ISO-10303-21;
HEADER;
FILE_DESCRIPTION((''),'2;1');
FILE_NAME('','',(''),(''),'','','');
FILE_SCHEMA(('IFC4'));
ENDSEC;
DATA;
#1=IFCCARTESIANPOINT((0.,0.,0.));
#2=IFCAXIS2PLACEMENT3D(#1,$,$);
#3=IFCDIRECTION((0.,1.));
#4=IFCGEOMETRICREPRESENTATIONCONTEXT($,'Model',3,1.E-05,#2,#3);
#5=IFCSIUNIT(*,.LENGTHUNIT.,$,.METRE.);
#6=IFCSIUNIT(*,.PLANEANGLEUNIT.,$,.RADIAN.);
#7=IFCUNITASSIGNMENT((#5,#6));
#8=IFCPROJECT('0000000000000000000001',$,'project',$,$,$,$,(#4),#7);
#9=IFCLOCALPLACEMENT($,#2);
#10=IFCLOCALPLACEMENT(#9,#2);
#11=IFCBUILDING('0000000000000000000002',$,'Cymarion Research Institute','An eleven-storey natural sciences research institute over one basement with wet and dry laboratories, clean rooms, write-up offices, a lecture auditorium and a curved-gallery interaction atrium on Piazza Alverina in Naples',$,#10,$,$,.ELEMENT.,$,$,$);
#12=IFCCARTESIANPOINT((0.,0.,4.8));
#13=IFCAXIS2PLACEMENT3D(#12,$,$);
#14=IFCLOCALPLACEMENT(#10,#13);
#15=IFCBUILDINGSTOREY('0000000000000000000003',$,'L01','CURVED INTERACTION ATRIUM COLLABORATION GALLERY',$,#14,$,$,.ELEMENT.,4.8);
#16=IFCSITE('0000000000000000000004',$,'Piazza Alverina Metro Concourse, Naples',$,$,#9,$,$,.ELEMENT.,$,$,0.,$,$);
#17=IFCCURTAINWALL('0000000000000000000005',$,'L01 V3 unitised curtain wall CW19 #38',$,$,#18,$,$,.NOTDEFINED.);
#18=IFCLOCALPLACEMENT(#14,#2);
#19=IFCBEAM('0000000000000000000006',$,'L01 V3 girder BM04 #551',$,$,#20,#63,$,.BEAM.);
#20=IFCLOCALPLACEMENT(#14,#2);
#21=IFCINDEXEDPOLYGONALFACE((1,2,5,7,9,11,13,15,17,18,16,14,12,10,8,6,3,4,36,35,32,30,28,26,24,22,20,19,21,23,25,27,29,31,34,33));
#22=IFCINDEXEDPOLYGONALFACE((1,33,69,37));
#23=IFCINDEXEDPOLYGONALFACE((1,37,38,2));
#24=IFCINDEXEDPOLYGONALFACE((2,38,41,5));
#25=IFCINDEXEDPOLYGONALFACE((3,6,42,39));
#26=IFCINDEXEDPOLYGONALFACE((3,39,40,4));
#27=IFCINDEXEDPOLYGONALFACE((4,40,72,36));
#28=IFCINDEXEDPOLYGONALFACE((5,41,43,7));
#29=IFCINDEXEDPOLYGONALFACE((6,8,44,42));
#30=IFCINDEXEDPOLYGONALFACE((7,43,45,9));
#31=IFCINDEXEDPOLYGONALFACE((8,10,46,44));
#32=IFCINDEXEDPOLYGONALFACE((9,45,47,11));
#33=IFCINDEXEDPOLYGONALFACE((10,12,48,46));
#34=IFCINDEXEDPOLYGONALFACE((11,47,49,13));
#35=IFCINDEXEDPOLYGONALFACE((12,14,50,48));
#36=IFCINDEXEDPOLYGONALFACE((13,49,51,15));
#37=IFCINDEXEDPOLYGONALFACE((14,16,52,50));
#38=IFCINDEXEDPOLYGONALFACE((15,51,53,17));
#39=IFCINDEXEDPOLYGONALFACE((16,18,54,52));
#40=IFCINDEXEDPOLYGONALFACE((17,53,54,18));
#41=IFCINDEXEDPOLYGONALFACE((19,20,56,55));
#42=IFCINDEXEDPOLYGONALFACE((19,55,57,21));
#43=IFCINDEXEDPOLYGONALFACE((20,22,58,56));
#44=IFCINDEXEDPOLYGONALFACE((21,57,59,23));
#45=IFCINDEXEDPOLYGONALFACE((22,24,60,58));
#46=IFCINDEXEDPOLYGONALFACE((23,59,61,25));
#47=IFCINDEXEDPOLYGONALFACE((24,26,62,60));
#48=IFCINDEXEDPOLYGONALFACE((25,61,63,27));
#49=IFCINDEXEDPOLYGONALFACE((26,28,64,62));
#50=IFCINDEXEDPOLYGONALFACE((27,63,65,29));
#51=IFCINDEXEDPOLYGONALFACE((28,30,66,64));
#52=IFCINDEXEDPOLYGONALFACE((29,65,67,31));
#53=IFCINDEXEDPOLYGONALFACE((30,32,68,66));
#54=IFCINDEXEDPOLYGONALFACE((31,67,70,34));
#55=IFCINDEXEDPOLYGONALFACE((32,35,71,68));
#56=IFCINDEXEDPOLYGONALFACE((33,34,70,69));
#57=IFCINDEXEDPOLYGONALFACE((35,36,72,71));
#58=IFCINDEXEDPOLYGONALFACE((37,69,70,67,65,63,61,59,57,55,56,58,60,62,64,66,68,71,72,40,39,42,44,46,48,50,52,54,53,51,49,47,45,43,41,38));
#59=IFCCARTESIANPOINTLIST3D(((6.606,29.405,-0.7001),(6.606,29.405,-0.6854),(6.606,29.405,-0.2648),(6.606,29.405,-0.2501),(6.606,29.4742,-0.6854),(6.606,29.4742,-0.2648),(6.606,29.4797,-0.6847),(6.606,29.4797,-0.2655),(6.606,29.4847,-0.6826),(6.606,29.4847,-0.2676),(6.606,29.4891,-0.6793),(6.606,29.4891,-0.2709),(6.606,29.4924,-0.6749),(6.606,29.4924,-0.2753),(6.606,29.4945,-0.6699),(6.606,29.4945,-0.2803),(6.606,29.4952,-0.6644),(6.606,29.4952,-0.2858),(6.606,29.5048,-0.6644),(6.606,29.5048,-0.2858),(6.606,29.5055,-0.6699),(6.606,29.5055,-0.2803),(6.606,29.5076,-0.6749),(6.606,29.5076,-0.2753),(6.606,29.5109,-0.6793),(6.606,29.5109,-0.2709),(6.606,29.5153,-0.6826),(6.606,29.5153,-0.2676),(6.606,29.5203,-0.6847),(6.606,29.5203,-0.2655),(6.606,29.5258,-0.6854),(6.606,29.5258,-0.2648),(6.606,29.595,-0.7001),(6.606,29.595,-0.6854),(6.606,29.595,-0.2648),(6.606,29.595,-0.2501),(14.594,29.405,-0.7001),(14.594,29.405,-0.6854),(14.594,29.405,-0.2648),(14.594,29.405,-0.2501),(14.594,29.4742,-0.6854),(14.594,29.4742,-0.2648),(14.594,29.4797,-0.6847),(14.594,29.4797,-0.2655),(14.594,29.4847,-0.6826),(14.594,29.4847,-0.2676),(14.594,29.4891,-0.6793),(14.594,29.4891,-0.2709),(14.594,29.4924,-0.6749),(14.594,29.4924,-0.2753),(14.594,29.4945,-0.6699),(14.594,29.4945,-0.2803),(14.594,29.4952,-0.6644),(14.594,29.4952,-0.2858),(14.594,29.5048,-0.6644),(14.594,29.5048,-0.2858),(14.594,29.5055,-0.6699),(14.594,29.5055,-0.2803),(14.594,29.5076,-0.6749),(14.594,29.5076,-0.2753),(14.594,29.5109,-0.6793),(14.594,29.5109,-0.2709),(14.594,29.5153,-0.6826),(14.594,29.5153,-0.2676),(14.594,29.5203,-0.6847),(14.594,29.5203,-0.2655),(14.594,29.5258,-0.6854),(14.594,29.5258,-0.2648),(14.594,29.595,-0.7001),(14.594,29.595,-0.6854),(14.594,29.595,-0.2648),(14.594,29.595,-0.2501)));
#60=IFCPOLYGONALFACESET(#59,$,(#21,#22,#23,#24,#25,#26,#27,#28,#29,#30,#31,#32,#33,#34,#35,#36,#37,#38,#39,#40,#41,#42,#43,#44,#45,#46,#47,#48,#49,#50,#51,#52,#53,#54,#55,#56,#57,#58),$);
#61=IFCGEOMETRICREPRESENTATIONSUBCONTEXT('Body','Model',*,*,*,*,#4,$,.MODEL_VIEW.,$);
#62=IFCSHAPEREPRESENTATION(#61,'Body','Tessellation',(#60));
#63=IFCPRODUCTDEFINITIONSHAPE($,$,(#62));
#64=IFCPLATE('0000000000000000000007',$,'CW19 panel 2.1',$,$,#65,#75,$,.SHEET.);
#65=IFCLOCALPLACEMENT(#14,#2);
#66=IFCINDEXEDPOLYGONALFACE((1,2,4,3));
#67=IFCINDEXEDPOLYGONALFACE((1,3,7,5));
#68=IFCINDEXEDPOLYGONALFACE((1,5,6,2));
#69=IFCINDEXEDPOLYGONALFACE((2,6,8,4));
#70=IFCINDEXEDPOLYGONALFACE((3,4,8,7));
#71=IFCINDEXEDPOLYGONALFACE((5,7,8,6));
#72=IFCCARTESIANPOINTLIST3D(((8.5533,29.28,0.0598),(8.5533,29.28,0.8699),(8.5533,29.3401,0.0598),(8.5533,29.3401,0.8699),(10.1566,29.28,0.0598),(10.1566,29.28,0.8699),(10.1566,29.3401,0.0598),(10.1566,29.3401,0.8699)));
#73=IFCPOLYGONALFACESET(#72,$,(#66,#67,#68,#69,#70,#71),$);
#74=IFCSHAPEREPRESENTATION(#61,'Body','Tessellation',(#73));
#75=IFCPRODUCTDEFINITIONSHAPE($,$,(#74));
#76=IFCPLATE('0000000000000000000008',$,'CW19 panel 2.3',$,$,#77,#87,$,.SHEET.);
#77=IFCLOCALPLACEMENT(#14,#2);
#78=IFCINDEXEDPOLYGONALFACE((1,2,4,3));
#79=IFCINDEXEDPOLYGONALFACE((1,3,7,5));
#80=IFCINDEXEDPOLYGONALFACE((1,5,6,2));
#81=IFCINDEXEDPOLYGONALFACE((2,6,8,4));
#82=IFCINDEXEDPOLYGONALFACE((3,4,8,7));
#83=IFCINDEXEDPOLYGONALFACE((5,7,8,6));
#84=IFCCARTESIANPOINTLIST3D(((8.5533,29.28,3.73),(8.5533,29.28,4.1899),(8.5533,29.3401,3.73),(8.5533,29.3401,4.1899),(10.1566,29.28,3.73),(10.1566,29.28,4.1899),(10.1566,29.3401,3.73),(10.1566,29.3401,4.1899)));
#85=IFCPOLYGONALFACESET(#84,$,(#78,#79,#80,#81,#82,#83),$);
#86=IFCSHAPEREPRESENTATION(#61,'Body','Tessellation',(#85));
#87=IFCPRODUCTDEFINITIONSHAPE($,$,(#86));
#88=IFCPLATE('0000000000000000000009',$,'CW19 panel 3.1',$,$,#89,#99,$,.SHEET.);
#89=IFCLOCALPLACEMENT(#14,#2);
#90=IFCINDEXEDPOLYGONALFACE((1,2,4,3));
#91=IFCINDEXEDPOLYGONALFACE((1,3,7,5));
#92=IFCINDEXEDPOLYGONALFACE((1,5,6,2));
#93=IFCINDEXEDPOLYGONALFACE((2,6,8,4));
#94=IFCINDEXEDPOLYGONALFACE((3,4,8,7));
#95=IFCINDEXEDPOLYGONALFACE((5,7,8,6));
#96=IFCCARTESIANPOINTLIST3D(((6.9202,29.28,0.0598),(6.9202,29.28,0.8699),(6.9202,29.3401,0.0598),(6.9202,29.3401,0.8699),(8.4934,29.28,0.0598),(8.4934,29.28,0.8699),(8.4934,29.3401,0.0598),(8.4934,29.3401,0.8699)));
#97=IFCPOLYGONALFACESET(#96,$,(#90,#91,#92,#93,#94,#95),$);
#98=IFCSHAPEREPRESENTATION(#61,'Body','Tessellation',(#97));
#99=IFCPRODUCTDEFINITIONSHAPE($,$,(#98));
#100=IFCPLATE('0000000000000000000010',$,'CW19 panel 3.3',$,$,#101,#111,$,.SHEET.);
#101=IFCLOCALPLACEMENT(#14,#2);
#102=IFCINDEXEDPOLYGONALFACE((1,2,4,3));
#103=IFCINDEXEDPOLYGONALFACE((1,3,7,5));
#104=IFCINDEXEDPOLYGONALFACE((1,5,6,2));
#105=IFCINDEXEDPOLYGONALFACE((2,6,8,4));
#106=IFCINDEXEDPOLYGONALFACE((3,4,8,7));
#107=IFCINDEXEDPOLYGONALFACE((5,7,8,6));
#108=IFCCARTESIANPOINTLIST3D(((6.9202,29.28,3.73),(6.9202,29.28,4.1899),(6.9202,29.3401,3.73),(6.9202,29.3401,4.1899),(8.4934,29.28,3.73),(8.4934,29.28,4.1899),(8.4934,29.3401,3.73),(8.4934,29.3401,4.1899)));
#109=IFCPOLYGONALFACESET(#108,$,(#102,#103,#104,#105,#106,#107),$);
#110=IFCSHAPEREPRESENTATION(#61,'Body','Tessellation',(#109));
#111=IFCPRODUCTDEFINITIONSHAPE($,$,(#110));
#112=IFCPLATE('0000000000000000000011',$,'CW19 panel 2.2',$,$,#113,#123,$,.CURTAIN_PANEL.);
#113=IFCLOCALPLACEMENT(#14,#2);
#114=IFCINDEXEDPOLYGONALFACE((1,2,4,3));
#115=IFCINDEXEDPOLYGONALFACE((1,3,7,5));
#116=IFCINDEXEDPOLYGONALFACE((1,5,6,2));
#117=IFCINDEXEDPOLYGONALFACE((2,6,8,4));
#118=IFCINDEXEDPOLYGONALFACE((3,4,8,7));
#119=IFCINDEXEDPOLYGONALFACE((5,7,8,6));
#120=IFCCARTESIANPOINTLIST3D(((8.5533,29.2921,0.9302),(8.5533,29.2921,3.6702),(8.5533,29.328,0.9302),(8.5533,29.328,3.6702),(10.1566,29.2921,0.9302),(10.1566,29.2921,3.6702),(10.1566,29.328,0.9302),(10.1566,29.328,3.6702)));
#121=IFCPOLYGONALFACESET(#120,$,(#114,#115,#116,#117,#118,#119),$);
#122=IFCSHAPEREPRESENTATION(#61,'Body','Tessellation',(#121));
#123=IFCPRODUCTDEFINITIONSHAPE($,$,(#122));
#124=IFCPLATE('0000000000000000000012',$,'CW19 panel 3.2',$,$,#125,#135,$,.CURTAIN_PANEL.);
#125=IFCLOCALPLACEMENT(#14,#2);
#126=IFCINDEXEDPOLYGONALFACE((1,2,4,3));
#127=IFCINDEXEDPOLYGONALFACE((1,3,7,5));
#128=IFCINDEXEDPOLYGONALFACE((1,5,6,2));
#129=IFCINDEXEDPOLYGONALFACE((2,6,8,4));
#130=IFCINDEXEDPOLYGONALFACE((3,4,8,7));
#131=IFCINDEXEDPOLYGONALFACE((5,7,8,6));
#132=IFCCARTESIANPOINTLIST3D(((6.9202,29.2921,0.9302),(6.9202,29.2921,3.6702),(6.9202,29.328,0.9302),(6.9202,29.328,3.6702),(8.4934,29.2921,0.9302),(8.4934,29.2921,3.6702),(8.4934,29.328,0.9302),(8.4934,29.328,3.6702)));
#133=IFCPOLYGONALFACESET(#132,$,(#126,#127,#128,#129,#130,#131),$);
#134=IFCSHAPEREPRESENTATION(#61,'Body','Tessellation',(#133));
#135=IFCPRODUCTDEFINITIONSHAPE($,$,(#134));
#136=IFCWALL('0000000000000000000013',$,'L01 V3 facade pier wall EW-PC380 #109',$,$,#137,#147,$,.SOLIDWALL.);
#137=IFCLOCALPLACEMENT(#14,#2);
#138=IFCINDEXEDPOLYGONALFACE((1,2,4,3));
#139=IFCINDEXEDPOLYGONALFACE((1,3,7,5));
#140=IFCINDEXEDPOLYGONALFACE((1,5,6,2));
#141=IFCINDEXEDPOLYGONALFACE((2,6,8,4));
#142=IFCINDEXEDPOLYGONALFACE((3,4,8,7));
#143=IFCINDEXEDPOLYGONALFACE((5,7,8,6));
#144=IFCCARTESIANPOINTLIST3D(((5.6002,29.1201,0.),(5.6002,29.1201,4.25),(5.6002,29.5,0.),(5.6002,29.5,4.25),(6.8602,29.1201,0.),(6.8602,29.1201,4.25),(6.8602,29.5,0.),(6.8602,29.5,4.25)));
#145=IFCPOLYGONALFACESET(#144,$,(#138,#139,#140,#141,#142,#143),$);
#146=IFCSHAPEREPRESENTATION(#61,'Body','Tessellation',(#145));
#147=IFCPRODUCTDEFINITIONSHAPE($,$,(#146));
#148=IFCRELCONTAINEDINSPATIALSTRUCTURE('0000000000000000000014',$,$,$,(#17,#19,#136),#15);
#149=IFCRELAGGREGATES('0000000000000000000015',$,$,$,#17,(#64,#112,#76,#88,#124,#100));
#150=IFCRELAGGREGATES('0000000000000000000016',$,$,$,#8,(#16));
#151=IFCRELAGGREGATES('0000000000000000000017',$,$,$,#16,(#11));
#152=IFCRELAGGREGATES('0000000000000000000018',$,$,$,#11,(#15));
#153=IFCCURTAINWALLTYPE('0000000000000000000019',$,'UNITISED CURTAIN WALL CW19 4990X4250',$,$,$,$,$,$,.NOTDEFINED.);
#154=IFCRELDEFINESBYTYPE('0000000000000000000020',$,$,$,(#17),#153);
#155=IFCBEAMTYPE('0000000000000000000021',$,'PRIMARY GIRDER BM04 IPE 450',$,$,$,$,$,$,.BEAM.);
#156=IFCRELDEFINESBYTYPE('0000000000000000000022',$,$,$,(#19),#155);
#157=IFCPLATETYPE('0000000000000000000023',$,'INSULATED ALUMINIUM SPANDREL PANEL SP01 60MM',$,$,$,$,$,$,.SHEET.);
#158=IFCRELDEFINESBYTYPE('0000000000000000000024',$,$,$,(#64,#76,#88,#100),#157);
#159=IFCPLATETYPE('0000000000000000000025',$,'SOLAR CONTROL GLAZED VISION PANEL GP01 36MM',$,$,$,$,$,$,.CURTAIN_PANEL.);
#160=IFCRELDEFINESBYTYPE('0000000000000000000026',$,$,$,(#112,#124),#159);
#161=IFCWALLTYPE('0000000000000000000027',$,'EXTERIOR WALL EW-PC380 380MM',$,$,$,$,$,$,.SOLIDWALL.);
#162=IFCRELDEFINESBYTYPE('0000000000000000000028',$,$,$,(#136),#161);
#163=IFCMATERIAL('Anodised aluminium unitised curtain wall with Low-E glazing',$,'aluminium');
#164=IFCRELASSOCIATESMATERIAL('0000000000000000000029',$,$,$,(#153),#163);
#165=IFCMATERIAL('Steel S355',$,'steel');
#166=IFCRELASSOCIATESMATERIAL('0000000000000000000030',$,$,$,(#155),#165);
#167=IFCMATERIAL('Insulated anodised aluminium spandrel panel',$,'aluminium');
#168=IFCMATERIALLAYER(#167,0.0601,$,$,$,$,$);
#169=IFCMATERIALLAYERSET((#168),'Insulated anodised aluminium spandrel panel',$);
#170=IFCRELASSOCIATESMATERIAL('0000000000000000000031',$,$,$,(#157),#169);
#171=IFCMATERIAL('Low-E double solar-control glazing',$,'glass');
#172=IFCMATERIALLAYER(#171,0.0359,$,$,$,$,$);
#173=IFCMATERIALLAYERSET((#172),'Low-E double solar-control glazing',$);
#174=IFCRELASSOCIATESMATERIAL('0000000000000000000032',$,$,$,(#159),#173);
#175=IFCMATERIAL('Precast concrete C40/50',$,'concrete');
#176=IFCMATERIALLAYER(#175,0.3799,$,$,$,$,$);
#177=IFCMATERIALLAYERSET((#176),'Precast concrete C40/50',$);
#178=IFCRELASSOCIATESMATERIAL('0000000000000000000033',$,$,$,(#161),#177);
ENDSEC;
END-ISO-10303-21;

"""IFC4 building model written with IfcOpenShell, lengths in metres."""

from ifc_helpers import new_model, si_unit, direction, frame, frame_2d, origin, origin_2d, place, context, subcontext, project, spatial, rectangle, i_section, extrude, material, layer, layer_set, material_profile, profile_set, type_object, element, aggregate, save


model = new_model("IFC4")

# Units and contexts
model_context = context("Model", 3, precision=1e-05, world=origin(), true_north=direction((0.0, 1.0)))
body_context = subcontext(model_context, "Body", "Model", "MODEL_VIEW")
ifc_project = project(units=[si_unit("LENGTHUNIT", "METRE"), si_unit("PLANEANGLEUNIT", "RADIAN")], contexts=[model_context])

# Site, building, storey
site_placement = place(None, origin())
site = spatial("IfcSite", under=ifc_project, at=site_placement, Name="Piazza Alverina Metro Concourse, Naples", CompositionType="ELEMENT", RefElevation=0.0)
building_placement = place(site_placement, origin())
building = spatial("IfcBuilding", under=site, at=building_placement, Name="Cymarion Research Institute", Description="An eleven-storey natural sciences research institute over one basement with wet and dry laboratories, clean rooms, write-up offices, a lecture auditorium and a curved-gallery interaction atrium on Piazza Alverina in Naples", CompositionType="ELEMENT")
storey_placement = place(building_placement, frame((0.0, 0.0, 4.8)))
storey = spatial("IfcBuildingStorey", under=building, at=storey_placement, Name="L01", Description="CURVED INTERACTION ATRIUM COLLABORATION GALLERY", CompositionType="ELEMENT", Elevation=4.8)

# Shared definitions
ifc_material_1 = material(Name="Steel S355", Category="steel")

# Curtain wall
ifc_material_2 = material(Name="Anodised aluminium unitised curtain wall with Low-E glazing", Category="aluminium")
curtain_wall_type = type_object("IfcCurtainWallType", Name="UNITISED CURTAIN WALL CW19 4990X4250", PredefinedType="NOTDEFINED", material=ifc_material_2)
curtain_wall_placement = place(storey_placement, origin())
curtain_wall = element("IfcCurtainWall", 1, at=curtain_wall_placement, inside=storey, type_object=curtain_wall_type, Name="L01 V3 unitised curtain wall CW19 #38", PredefinedType="NOTDEFINED")

# Beam
ifc_material_profile_1 = material_profile(ifc_material_1, i_section(OverallWidth=0.1899, OverallDepth=0.45, WebThickness=0.0095, FlangeThickness=0.0146, FilletRadius=0.021, at=origin_2d()), Name="IPE 450")
ifc_profile_set_1 = profile_set([ifc_material_profile_1], Name="Steel S355")
beam_type = type_object("IfcBeamType", Name="PRIMARY GIRDER BM04 IPE 450", PredefinedType="BEAM", material=ifc_profile_set_1)
beam_placement = place(storey_placement, frame((6.606, 29.5, -0.4751), z_axis=(1.0, 0.0, 0.0), x_axis=(0.0, 1.0, 0.0)))
element("IfcBeam", 2, at=beam_placement, inside=storey, type_object=beam_type, Name="L01 V3 girder BM04 #551", PredefinedType="BEAM", context=body_context, shape_type="SweptSolid", body=[
    extrude(i_section(OverallWidth=0.1899, OverallDepth=0.45, WebThickness=0.0095, FlangeThickness=0.0146, FilletRadius=0.021, at=origin_2d()), origin(), (0.0, 0.0, 1.0), 7.988),
])

# Plates
ifc_material_3 = material(Name="Insulated anodised aluminium spandrel panel", Category="aluminium")
ifc_layer_1 = layer(ifc_material_3, 0.0601)
ifc_layer_set_1 = layer_set([ifc_layer_1], Name="Insulated anodised aluminium spandrel panel")
plate_type_1 = type_object("IfcPlateType", Name="INSULATED ALUMINIUM SPANDREL PANEL SP01 60MM", PredefinedType="SHEET", material=ifc_layer_set_1)
plate_1_placement = place(storey_placement, frame((9.355, 29.3101, 0.0598), z_axis=(0.0, 0.0, 1.0), x_axis=(-1.0, 0.0, 0.0)))
plate_1 = element("IfcPlate", 3, at=plate_1_placement, type_object=plate_type_1, Name="CW19 panel 2.1", PredefinedType="SHEET", context=body_context, shape_type="SweptSolid", body=[
    extrude(rectangle(XDim=1.6033, YDim=0.0601, at=origin_2d()), origin(), (0.0, 0.0, 1.0), 0.8101),
])
plate_2_placement = place(storey_placement, frame((9.355, 29.3101, 3.73), z_axis=(0.0, 0.0, 1.0), x_axis=(-1.0, 0.0, 0.0)))
plate_2 = element("IfcPlate", 4, at=plate_2_placement, type_object=plate_type_1, Name="CW19 panel 2.3", PredefinedType="SHEET", context=body_context, shape_type="SweptSolid", body=[
    extrude(rectangle(XDim=1.6033, YDim=0.0601, at=origin_2d()), origin(), (0.0, 0.0, 1.0), 0.46),
])
plate_3_placement = place(storey_placement, frame((7.7068, 29.3101, 0.0598), z_axis=(0.0, 0.0, 1.0), x_axis=(-1.0, 0.0, 0.0)))
plate_3 = element("IfcPlate", 5, at=plate_3_placement, type_object=plate_type_1, Name="CW19 panel 3.1", PredefinedType="SHEET", context=body_context, shape_type="SweptSolid", body=[
    extrude(rectangle(XDim=1.5732, YDim=0.0601, at=origin_2d()), origin(), (0.0, 0.0, 1.0), 0.8101),
])
plate_4_placement = place(storey_placement, frame((7.7068, 29.3101, 3.73), z_axis=(0.0, 0.0, 1.0), x_axis=(-1.0, 0.0, 0.0)))
plate_4 = element("IfcPlate", 6, at=plate_4_placement, type_object=plate_type_1, Name="CW19 panel 3.3", PredefinedType="SHEET", context=body_context, shape_type="SweptSolid", body=[
    extrude(rectangle(XDim=1.5732, YDim=0.0601, at=origin_2d()), origin(), (0.0, 0.0, 1.0), 0.46),
])
ifc_material_4 = material(Name="Low-E double solar-control glazing", Category="glass")
ifc_layer_2 = layer(ifc_material_4, 0.0359)
ifc_layer_set_2 = layer_set([ifc_layer_2], Name="Low-E double solar-control glazing")
plate_type_2 = type_object("IfcPlateType", Name="SOLAR CONTROL GLAZED VISION PANEL GP01 36MM", PredefinedType="CURTAIN_PANEL", material=ifc_layer_set_2)
plate_5_placement = place(storey_placement, frame((9.355, 29.3101, 0.9302), z_axis=(0.0, 0.0, 1.0), x_axis=(-1.0, 0.0, 0.0)))
plate_5 = element("IfcPlate", 7, at=plate_5_placement, type_object=plate_type_2, Name="CW19 panel 2.2", PredefinedType="CURTAIN_PANEL", context=body_context, shape_type="SweptSolid", body=[
    extrude(rectangle(XDim=1.6033, YDim=0.0359, at=origin_2d()), origin(), (0.0, 0.0, 1.0), 2.74),
])
plate_6_placement = place(storey_placement, frame((7.7068, 29.3101, 0.9302), z_axis=(0.0, 0.0, 1.0), x_axis=(-1.0, 0.0, 0.0)))
plate_6 = element("IfcPlate", 8, at=plate_6_placement, type_object=plate_type_2, Name="CW19 panel 3.2", PredefinedType="CURTAIN_PANEL", context=body_context, shape_type="SweptSolid", body=[
    extrude(rectangle(XDim=1.5732, YDim=0.0359, at=origin_2d()), origin(), (0.0, 0.0, 1.0), 2.74),
])
aggregate(curtain_wall, [plate_1, plate_5, plate_2, plate_3, plate_6, plate_4])

# Wall
ifc_material_5 = material(Name="Precast concrete C40/50", Category="concrete")
ifc_layer_3 = layer(ifc_material_5, 0.3799)
ifc_layer_set_3 = layer_set([ifc_layer_3], Name="Precast concrete C40/50")
wall_type = type_object("IfcWallType", Name="EXTERIOR WALL EW-PC380 380MM", PredefinedType="SOLIDWALL", material=ifc_layer_set_3)
wall_1_placement = place(storey_placement, frame((6.8601, 29.3101, 0.0), z_axis=(0.0, 0.0, 1.0), x_axis=(-1.0, 0.0, 0.0)))
element("IfcWall", 9, at=wall_1_placement, inside=storey, type_object=wall_type, Name="L01 V3 facade pier wall EW-PC380 #109", PredefinedType="SOLIDWALL", context=body_context, shape_type="SweptSolid", body=[
    extrude(rectangle(XDim=1.26, YDim=0.3799, at=frame_2d((0.6299, 0.0))), origin(), (0.0, 0.0, 1.0), 4.25),
])

save(model, "model.ifc")
